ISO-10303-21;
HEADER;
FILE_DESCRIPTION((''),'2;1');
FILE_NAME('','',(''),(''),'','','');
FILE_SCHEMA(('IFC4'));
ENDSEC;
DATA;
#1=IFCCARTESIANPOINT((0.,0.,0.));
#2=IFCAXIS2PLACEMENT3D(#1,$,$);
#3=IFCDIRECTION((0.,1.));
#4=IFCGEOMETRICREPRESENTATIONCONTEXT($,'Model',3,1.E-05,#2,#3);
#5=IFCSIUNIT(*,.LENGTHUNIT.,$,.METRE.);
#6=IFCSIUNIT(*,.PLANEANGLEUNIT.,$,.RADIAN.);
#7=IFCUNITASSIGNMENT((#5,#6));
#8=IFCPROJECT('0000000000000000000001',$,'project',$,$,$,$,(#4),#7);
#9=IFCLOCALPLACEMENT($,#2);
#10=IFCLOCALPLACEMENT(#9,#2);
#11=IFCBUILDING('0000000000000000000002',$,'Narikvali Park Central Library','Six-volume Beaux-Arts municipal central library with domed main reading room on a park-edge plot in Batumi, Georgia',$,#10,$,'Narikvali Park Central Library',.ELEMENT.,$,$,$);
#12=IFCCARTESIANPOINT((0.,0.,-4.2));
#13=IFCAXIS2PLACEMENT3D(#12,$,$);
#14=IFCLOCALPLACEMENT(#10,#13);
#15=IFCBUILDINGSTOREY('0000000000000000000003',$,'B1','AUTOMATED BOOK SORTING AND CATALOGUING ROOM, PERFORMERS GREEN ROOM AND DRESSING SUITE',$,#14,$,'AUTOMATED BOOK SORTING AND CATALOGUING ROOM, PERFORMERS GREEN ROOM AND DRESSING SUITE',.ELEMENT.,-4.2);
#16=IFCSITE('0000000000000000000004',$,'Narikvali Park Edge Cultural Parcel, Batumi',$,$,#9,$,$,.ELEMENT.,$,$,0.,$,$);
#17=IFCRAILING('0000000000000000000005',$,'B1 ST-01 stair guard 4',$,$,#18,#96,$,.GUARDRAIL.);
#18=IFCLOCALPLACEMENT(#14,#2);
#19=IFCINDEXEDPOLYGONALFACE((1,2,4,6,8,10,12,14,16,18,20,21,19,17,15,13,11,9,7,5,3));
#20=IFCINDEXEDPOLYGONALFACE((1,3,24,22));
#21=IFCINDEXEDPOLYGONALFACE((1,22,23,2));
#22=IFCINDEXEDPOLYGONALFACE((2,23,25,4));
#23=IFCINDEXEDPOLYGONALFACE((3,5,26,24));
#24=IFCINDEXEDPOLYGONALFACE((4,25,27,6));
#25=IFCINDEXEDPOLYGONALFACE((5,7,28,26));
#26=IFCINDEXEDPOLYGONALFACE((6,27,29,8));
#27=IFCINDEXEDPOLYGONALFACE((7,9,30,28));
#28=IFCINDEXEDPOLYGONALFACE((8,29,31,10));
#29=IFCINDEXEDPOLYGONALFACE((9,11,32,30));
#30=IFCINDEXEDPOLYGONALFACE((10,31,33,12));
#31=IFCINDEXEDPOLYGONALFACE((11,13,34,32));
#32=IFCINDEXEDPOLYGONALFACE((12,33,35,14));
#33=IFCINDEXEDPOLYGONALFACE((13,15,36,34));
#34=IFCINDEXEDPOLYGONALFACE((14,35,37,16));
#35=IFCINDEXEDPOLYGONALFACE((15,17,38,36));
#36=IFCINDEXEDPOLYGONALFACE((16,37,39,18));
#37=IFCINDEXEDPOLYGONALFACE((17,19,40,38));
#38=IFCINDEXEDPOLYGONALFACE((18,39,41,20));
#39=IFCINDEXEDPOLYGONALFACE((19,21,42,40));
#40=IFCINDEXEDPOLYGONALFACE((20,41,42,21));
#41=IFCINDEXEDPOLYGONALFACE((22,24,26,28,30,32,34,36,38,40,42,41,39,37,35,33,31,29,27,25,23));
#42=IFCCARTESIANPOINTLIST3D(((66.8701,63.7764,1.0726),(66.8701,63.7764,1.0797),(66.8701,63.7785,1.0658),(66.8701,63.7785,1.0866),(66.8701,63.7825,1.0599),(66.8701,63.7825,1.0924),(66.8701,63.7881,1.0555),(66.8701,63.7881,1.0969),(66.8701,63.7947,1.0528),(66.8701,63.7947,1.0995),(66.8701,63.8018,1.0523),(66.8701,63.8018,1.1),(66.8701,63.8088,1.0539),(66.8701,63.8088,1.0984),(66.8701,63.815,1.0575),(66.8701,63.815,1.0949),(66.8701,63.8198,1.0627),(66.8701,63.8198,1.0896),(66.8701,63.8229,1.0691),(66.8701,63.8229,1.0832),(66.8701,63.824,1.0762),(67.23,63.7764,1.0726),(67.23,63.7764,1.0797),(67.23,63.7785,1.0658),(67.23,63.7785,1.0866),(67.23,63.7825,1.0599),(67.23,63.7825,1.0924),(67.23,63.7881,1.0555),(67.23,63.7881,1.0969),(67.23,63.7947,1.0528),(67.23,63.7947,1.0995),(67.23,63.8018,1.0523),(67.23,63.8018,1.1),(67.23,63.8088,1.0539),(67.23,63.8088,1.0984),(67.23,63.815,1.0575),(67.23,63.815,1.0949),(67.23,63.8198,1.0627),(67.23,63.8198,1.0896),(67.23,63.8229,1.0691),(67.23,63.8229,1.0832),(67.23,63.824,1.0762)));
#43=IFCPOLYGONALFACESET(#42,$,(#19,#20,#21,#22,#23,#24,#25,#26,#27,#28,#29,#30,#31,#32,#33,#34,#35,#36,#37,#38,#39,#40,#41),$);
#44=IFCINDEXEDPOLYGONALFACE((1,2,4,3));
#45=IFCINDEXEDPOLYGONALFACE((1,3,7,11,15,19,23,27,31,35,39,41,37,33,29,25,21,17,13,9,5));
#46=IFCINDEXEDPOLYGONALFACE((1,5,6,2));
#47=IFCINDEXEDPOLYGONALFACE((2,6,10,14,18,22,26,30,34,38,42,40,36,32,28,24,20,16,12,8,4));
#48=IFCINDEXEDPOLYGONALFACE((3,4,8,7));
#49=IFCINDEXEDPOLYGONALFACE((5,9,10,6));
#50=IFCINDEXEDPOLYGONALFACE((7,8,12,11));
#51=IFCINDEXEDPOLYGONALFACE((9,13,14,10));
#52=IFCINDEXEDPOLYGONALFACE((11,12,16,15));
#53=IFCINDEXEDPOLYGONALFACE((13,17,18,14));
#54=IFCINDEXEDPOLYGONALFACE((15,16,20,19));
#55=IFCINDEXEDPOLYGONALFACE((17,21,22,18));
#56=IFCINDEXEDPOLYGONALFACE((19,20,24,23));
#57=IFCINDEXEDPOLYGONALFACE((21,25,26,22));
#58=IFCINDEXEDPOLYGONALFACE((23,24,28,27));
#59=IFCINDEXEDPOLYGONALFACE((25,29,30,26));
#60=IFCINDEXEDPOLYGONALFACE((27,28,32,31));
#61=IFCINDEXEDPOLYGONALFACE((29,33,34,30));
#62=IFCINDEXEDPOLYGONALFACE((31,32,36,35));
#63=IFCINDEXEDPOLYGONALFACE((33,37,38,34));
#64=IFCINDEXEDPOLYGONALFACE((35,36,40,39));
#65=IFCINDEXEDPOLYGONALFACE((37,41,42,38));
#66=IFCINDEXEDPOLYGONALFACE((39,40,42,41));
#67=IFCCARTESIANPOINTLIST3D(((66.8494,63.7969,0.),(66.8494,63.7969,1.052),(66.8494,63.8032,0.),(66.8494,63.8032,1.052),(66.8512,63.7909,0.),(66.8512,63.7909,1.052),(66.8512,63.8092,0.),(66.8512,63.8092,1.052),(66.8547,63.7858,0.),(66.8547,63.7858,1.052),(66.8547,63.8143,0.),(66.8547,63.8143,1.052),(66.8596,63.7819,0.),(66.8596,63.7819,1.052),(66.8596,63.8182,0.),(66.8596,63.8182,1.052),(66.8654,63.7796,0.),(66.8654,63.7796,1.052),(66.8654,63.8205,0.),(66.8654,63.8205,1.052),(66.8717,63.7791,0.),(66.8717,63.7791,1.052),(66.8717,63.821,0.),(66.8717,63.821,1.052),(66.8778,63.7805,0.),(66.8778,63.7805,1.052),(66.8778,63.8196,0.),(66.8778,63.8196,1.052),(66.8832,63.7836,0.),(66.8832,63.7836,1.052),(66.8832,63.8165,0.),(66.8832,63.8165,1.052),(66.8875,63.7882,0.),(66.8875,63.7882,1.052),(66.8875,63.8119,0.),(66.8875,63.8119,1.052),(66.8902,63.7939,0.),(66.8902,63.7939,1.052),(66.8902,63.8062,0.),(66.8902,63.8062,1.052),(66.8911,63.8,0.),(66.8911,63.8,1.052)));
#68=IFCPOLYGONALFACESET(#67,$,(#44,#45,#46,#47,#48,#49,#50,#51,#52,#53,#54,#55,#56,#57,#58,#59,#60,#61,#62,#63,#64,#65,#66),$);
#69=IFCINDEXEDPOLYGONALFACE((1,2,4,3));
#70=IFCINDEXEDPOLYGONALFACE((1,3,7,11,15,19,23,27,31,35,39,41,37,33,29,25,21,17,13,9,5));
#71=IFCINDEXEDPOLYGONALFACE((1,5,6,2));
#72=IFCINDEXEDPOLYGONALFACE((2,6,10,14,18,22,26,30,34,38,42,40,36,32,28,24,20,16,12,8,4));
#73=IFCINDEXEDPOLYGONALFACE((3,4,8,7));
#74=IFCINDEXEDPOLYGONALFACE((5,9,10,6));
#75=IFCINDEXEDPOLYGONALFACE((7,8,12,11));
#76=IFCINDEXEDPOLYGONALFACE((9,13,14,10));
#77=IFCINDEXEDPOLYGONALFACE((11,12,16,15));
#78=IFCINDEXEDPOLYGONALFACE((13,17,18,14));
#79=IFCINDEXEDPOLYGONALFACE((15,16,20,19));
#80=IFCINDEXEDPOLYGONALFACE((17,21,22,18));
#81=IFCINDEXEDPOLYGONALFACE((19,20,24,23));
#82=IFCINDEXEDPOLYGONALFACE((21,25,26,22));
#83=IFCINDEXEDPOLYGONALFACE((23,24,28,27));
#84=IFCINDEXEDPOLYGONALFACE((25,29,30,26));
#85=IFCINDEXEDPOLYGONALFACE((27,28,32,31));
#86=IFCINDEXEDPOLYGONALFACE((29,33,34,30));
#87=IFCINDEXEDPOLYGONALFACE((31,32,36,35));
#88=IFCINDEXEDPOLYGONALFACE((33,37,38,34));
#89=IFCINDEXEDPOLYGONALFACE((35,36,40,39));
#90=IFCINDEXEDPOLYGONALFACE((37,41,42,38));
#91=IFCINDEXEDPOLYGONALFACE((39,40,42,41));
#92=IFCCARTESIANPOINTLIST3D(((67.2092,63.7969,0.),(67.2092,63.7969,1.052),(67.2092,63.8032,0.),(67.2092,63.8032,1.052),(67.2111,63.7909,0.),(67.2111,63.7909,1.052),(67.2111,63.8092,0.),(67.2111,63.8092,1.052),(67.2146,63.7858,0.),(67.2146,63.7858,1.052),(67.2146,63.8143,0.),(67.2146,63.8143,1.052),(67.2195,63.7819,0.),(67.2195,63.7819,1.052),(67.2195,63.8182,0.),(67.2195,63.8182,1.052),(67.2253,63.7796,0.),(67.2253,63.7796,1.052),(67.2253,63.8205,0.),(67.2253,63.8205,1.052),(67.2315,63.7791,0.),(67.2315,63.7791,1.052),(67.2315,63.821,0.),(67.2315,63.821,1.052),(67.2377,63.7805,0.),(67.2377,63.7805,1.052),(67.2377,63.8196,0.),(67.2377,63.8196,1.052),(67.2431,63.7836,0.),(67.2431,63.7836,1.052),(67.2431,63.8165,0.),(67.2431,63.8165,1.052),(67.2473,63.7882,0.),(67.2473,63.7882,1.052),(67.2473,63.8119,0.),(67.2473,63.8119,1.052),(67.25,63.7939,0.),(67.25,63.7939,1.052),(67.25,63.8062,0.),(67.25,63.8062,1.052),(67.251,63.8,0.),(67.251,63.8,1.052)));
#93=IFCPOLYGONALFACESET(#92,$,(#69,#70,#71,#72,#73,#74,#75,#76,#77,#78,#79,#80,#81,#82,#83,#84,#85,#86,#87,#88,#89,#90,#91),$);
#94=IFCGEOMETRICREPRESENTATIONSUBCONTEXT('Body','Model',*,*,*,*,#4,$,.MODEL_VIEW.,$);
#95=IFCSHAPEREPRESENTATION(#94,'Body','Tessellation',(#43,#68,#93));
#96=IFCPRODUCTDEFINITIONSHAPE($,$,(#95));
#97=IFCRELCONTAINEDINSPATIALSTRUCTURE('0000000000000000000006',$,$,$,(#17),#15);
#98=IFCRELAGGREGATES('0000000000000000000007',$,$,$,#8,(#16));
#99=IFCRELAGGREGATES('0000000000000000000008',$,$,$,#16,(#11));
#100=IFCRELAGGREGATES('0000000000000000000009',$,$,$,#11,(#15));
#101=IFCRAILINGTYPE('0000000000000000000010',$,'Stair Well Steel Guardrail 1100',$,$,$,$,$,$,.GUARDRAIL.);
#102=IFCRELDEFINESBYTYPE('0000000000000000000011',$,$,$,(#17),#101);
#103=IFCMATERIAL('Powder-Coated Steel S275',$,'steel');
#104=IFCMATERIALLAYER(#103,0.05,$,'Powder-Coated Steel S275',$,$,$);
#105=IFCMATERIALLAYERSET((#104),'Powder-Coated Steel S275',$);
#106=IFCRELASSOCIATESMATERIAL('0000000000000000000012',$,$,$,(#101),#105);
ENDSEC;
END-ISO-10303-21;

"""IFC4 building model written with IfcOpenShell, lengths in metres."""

from ifc_helpers import new_model, si_unit, direction, frame, origin, origin_2d, place, context, subcontext, project, spatial, circle, extrude, material, layer, layer_set, type_object, element, save


model = new_model("IFC4")

# Units and contexts
model_context = context("Model", 3, precision=1e-05, world=origin(), true_north=direction((0.0, 1.0)))
body_context = subcontext(model_context, "Body", "Model", "MODEL_VIEW")
ifc_project = project(units=[si_unit("LENGTHUNIT", "METRE"), si_unit("PLANEANGLEUNIT", "RADIAN")], contexts=[model_context])

# Site, building, storey
site_placement = place(None, origin())
site = spatial("IfcSite", under=ifc_project, at=site_placement, Name="Narikvali Park Edge Cultural Parcel, Batumi", CompositionType="ELEMENT", RefElevation=0.0)
building_placement = place(site_placement, origin())
building = spatial("IfcBuilding", under=site, at=building_placement, Name="Narikvali Park Central Library", Description="Six-volume Beaux-Arts municipal central library with domed main reading room on a park-edge plot in Batumi, Georgia", LongName="Narikvali Park Central Library", CompositionType="ELEMENT")
storey_placement = place(building_placement, frame((0.0, 0.0, -4.2)))
storey = spatial("IfcBuildingStorey", under=building, at=storey_placement, Name="B1", Description="AUTOMATED BOOK SORTING AND CATALOGUING ROOM, PERFORMERS GREEN ROOM AND DRESSING SUITE", LongName="AUTOMATED BOOK SORTING AND CATALOGUING ROOM, PERFORMERS GREEN ROOM AND DRESSING SUITE", CompositionType="ELEMENT", Elevation=-4.2)

# Railing
ifc_material_1 = material(Name="Powder-Coated Steel S275", Category="steel")
ifc_layer_1 = layer(ifc_material_1, 0.05, Name="Powder-Coated Steel S275")
ifc_layer_set_1 = layer_set([ifc_layer_1], Name="Powder-Coated Steel S275")
railing_type_1 = type_object("IfcRailingType", Name="Stair Well Steel Guardrail 1100", PredefinedType="GUARDRAIL", material=ifc_layer_set_1)
railing_1_placement = place(storey_placement, frame((66.8701, 63.8, 0.0)))
element("IfcRailing", 1, at=railing_1_placement, inside=storey, type_object=railing_type_1, Name="B1 ST-01 stair guard 4", PredefinedType="GUARDRAIL", context=body_context, shape_type="SweptSolid", body=[
    extrude(circle(Radius=0.0239, at=origin_2d()), frame((0.0, 0.0, 1.0762), z_axis=(1.0, 0.0, 0.0), x_axis=(0.0, 1.0, 0.0)), (0.0, 0.0, 1.0), 0.3599),
    extrude(circle(Radius=0.021, at=origin_2d()), origin(), (0.0, 0.0, 1.0), 1.052),
    extrude(circle(Radius=0.021, at=origin_2d()), frame((0.3599, 0.0, 0.0)), (0.0, 0.0, 1.0), 1.052),
])

save(model, "model.ifc")
